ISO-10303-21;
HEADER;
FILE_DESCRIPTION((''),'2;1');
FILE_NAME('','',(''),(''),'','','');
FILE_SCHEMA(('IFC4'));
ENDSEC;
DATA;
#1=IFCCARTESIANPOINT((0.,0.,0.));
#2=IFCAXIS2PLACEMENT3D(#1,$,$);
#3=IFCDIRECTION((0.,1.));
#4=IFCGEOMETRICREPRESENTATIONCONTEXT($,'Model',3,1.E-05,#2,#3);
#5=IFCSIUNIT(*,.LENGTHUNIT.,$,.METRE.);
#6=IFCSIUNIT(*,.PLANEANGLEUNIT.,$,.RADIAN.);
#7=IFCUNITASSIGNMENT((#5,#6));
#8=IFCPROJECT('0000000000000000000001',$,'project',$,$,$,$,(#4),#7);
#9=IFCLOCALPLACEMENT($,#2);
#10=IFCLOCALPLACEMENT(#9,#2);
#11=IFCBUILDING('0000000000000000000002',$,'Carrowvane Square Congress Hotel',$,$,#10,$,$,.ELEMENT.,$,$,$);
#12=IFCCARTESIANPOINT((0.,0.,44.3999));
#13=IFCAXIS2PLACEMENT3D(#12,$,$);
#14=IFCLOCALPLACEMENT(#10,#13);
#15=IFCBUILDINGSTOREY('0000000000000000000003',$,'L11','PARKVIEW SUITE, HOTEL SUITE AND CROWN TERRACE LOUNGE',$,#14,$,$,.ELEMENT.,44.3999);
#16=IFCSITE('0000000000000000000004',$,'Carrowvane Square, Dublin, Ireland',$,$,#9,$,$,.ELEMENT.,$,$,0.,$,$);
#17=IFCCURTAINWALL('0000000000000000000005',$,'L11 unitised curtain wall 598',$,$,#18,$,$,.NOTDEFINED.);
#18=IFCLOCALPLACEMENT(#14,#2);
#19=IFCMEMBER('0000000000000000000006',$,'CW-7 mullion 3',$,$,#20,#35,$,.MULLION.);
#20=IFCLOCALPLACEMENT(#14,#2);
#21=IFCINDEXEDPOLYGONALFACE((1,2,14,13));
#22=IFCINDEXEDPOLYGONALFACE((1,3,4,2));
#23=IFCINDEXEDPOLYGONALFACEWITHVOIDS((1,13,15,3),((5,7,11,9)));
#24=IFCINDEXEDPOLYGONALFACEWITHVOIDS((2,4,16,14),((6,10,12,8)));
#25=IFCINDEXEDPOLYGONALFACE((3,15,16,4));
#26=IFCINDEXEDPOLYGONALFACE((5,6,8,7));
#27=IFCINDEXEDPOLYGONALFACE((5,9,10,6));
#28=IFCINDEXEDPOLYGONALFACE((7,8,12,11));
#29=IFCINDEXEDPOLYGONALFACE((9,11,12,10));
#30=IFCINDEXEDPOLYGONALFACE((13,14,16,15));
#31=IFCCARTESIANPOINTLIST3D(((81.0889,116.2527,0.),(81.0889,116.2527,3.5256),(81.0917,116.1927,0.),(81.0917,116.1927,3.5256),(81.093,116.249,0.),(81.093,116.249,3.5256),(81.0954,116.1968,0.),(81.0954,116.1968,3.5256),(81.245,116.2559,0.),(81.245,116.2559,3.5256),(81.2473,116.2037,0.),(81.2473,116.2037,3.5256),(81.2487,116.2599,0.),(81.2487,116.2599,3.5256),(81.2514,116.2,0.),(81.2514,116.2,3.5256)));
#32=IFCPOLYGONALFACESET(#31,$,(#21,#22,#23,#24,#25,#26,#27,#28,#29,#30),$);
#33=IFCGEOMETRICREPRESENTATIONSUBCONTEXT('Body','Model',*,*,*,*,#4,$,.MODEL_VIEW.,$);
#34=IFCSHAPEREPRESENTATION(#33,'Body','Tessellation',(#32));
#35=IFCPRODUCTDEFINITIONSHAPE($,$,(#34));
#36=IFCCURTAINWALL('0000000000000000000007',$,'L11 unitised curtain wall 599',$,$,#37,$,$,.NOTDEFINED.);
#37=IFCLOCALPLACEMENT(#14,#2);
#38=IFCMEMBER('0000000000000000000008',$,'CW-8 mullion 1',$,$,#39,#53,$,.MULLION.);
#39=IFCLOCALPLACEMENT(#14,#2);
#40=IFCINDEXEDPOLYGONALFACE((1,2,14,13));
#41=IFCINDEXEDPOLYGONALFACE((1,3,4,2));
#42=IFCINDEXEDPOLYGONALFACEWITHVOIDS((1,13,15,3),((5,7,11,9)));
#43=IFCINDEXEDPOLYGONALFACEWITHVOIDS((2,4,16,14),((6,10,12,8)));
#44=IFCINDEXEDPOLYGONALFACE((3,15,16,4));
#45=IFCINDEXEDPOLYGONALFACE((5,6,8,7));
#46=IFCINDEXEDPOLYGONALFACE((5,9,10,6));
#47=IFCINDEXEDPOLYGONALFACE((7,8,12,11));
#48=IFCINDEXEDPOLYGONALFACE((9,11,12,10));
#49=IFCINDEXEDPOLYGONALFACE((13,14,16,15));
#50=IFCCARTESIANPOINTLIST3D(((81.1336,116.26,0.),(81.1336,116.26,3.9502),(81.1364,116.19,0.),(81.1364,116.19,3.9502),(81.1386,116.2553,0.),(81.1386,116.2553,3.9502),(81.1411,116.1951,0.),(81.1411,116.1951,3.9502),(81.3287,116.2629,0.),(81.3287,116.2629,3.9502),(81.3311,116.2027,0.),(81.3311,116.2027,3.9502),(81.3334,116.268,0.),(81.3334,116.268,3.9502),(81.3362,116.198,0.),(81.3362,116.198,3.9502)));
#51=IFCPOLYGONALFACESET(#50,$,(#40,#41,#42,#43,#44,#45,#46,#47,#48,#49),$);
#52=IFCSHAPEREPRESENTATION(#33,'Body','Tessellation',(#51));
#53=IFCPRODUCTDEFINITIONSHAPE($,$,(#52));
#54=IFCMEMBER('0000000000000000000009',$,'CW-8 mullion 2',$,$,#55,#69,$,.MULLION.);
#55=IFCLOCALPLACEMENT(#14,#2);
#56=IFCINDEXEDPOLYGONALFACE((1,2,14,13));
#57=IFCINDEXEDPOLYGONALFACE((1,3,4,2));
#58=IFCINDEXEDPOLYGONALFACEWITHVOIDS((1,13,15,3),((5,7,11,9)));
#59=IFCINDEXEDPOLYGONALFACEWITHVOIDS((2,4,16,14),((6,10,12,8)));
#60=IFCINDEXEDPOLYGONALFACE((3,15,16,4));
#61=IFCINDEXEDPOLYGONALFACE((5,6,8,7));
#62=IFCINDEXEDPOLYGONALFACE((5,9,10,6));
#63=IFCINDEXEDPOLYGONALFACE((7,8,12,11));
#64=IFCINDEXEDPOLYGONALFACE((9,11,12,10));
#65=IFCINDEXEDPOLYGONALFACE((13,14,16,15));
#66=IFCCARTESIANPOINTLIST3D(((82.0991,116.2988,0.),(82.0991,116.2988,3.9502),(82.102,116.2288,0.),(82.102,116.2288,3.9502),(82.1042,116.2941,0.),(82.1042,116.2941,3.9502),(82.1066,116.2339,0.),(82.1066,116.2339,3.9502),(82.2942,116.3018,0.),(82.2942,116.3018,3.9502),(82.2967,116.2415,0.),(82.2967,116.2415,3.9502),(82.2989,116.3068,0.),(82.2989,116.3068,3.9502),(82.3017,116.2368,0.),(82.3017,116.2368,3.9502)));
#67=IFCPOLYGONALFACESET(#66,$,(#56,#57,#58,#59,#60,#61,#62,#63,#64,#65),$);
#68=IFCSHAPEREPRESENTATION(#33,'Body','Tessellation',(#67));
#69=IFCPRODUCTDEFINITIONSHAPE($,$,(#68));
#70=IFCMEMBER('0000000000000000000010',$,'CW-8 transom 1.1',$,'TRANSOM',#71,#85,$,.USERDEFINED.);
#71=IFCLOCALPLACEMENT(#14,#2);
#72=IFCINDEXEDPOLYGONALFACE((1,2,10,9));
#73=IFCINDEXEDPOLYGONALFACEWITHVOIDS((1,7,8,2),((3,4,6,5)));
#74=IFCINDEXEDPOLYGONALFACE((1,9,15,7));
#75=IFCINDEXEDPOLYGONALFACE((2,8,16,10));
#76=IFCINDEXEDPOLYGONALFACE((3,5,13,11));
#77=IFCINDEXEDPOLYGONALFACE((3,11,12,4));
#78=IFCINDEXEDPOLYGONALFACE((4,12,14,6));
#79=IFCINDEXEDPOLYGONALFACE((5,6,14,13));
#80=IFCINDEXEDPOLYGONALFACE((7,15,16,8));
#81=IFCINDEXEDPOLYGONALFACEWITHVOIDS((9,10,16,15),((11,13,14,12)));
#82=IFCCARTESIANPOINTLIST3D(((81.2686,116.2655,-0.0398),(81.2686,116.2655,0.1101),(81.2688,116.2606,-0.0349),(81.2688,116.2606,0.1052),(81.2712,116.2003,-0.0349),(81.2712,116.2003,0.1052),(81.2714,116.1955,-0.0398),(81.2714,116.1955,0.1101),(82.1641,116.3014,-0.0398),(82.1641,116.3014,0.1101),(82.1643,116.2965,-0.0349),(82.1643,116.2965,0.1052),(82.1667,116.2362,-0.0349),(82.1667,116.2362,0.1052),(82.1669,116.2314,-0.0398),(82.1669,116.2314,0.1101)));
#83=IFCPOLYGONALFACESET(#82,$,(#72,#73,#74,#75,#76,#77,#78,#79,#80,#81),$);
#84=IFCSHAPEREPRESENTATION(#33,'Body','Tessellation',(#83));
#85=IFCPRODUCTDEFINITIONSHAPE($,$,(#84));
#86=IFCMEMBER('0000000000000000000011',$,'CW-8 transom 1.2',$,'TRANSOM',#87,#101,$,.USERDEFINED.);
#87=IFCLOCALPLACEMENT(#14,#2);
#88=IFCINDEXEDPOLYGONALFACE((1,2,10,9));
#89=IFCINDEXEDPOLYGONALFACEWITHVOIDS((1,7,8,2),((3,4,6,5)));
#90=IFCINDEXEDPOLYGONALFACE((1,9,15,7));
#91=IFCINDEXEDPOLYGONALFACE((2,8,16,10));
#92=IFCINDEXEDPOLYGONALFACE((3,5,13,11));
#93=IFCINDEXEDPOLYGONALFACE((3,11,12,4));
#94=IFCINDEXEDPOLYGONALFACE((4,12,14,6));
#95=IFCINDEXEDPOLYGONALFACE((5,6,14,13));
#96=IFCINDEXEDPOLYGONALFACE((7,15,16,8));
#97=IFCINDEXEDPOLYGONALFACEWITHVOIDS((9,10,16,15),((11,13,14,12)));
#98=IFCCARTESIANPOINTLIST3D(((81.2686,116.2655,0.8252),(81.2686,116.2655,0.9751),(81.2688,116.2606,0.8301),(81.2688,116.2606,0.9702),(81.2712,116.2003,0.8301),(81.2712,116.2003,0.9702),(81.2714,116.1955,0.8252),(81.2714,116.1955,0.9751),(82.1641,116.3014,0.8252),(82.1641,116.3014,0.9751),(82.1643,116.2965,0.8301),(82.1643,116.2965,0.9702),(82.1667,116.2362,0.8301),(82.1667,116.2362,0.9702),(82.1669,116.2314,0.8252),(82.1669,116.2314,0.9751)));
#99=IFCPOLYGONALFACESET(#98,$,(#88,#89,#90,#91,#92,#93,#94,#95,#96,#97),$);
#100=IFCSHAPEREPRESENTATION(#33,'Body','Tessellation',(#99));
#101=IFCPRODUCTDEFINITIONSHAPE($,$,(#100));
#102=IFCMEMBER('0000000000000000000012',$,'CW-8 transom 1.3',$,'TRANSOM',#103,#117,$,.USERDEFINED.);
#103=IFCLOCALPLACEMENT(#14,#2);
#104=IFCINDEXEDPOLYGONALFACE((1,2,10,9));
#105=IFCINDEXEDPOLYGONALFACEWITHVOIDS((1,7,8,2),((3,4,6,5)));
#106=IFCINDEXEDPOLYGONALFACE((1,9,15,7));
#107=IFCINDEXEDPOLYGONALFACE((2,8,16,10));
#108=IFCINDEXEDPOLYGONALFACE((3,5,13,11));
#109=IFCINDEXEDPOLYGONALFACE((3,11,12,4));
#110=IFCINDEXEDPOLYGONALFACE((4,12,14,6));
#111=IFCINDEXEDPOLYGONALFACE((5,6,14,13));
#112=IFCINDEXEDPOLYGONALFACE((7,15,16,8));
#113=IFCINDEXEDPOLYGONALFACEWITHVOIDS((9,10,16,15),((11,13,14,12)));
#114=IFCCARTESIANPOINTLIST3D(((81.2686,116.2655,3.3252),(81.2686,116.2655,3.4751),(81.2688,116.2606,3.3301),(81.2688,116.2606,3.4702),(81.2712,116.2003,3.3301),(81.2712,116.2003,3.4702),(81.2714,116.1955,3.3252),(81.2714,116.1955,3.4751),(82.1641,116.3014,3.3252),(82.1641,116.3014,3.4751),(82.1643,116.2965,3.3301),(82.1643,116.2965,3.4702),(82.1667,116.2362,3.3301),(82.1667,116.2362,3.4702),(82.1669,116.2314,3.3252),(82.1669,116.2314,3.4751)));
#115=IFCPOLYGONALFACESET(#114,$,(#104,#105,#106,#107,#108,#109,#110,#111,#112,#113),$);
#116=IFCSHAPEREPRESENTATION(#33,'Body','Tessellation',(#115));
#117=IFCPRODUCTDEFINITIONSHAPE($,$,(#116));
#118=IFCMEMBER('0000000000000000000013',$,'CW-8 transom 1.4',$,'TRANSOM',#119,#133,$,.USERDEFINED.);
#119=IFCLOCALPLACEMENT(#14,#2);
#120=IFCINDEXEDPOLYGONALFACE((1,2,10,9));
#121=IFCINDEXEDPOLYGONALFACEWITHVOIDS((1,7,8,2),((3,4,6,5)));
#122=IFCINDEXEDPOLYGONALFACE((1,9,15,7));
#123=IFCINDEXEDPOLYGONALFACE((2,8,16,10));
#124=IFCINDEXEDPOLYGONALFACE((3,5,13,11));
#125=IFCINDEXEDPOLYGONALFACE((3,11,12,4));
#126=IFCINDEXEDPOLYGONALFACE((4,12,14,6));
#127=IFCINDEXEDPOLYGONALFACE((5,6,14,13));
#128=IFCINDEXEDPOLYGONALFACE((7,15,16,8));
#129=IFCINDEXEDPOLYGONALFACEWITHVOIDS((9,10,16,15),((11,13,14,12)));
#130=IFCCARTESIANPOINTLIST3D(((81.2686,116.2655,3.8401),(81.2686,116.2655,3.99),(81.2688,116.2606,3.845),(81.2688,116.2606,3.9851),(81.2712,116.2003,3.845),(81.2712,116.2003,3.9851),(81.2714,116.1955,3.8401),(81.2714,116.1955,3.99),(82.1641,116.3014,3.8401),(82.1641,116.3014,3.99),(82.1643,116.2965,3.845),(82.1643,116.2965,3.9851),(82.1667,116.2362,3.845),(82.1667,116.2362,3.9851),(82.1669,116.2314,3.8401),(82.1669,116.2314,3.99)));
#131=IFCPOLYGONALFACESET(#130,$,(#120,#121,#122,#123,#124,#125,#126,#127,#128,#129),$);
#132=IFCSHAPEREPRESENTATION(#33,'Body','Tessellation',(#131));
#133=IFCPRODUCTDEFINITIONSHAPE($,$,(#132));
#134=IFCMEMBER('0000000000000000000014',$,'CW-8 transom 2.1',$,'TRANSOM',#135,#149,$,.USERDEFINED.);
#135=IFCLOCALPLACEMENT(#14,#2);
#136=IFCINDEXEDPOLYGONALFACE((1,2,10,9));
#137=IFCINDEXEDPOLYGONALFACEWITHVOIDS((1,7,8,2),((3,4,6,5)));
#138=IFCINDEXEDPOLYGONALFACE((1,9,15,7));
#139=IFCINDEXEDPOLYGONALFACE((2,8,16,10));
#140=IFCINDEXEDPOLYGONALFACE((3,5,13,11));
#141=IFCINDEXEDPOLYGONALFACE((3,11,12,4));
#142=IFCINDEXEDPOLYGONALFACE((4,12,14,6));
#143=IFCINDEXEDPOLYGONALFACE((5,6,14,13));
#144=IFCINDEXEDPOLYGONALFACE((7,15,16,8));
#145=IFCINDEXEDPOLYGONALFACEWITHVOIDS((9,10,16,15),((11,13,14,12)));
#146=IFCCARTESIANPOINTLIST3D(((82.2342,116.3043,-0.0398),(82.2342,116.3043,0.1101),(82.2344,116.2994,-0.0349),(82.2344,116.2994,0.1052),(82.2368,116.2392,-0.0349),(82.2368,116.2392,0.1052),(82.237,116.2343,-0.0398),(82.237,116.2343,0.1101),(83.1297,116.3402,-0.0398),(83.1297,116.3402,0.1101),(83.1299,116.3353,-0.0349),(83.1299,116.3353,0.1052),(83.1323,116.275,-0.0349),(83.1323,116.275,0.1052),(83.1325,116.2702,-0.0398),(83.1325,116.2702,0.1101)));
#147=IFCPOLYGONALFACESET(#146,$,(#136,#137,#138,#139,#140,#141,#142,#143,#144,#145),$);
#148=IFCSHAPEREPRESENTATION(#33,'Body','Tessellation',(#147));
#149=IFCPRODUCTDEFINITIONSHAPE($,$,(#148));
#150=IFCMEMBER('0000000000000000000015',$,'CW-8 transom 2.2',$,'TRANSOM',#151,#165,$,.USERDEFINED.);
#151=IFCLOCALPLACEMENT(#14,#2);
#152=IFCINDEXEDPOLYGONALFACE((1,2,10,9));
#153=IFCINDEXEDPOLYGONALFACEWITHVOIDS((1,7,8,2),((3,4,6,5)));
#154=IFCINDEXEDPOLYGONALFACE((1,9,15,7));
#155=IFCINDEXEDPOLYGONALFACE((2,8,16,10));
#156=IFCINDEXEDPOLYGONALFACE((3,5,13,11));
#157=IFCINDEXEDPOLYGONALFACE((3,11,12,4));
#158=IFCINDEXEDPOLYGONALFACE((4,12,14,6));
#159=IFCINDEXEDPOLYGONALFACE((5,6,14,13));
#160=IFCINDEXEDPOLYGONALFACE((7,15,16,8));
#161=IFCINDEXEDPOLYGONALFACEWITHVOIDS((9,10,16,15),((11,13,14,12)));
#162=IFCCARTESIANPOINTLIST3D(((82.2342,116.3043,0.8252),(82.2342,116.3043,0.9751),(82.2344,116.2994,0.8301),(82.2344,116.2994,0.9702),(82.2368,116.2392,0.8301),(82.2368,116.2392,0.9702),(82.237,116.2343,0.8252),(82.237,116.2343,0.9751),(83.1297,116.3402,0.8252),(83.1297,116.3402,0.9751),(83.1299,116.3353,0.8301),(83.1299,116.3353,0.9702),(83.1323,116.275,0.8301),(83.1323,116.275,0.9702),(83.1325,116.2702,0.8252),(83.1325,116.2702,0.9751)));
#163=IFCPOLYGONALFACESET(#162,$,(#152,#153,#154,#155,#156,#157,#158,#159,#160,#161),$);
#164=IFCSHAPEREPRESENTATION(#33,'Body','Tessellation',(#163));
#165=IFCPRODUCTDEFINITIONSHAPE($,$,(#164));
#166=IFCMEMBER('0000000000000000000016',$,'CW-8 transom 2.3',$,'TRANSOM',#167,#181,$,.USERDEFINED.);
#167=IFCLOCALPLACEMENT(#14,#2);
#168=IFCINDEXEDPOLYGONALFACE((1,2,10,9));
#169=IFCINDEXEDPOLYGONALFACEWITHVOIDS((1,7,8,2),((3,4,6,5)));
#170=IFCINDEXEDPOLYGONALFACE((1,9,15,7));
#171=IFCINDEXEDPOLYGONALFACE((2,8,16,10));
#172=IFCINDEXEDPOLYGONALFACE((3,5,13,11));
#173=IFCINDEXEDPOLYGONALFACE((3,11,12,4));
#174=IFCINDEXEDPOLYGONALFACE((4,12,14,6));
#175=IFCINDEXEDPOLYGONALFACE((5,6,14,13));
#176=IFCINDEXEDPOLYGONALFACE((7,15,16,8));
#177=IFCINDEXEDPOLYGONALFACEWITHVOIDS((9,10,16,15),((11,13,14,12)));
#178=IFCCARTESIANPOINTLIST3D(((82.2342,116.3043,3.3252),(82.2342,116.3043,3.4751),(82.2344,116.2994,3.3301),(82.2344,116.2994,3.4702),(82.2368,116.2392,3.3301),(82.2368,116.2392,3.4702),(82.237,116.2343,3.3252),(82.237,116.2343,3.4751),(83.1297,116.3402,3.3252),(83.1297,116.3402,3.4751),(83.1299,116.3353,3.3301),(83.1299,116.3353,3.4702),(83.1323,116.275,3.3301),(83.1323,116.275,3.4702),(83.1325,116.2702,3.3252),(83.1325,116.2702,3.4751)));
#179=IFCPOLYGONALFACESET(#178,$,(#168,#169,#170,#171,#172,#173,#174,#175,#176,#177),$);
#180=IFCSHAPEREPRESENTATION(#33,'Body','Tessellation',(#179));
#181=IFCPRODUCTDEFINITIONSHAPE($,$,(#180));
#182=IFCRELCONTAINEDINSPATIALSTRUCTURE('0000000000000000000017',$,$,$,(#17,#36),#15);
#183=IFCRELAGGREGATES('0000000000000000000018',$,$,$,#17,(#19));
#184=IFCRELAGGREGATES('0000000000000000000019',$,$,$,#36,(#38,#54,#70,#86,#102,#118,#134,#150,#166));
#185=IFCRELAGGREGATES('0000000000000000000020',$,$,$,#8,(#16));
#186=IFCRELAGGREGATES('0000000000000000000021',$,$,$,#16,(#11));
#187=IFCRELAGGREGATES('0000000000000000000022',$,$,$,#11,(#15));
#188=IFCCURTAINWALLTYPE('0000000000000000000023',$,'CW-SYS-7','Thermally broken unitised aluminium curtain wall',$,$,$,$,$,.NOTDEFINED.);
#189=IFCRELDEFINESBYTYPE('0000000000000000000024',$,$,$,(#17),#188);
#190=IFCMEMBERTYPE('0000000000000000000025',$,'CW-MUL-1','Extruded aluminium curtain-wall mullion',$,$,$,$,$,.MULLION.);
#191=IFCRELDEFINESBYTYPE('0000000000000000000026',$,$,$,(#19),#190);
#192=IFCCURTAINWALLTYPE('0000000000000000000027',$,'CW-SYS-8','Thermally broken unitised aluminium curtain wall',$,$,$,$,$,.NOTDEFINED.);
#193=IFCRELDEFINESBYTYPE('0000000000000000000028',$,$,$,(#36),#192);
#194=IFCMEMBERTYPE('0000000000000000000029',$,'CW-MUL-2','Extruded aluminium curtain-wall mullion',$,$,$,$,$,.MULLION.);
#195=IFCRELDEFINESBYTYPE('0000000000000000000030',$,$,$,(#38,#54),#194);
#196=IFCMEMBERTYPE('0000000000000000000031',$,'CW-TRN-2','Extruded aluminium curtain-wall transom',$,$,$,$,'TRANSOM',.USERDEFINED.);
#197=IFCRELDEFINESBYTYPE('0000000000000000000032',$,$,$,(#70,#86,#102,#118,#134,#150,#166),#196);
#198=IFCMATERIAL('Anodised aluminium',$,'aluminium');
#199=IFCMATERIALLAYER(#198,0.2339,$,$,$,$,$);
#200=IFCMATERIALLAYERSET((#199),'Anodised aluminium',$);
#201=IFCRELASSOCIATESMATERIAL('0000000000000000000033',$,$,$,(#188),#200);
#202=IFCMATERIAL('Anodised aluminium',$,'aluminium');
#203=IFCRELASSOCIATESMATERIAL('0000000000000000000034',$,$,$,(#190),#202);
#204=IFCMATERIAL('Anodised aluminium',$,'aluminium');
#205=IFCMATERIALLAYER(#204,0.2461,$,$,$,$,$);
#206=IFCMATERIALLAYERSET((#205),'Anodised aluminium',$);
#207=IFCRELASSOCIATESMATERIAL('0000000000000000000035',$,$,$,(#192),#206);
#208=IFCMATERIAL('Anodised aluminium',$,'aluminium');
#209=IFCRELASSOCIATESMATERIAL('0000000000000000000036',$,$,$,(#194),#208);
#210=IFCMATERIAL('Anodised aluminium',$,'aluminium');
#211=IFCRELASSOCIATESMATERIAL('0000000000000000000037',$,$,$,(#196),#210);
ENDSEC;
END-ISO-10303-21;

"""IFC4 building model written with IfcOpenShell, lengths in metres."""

from ifc_helpers import new_model, si_unit, direction, frame, origin, origin_2d, place, context, subcontext, project, spatial, hollow_rectangle, extrude, material, layer, layer_set, material_profile, profile_set, type_object, element, aggregate, save


model = new_model("IFC4")

# Units and contexts
model_context = context("Model", 3, precision=1e-05, world=origin(), true_north=direction((0.0, 1.0)))
body_context = subcontext(model_context, "Body", "Model", "MODEL_VIEW")
ifc_project = project(units=[si_unit("LENGTHUNIT", "METRE"), si_unit("PLANEANGLEUNIT", "RADIAN")], contexts=[model_context])

# Site, building, storey
site_placement = place(None, origin())
site = spatial("IfcSite", under=ifc_project, at=site_placement, Name="Carrowvane Square, Dublin, Ireland", CompositionType="ELEMENT", RefElevation=0.0)
building_placement = place(site_placement, origin())
building = spatial("IfcBuilding", under=site, at=building_placement, Name="Carrowvane Square Congress Hotel", CompositionType="ELEMENT")
storey_placement = place(building_placement, frame((0.0, 0.0, 44.3999)))
storey = spatial("IfcBuildingStorey", under=building, at=storey_placement, Name="L11", Description="PARKVIEW SUITE, HOTEL SUITE AND CROWN TERRACE LOUNGE", CompositionType="ELEMENT", Elevation=44.3999)

# Curtain wall, member
ifc_material_1 = material(Name="Anodised aluminium", Category="aluminium")
ifc_layer_1 = layer(ifc_material_1, 0.2339)
ifc_layer_set_1 = layer_set([ifc_layer_1], Name="Anodised aluminium")
curtain_wall_type_1 = type_object("IfcCurtainWallType", Name="CW-SYS-7", Description="Thermally broken unitised aluminium curtain wall", PredefinedType="NOTDEFINED", material=ifc_layer_set_1)
curtain_wall_1_placement = place(storey_placement, origin())
curtain_wall_1 = element("IfcCurtainWall", 1, at=curtain_wall_1_placement, inside=storey, type_object=curtain_wall_type_1, Name="L11 unitised curtain wall 598", PredefinedType="NOTDEFINED")
ifc_material_2 = material(Name="Anodised aluminium", Category="aluminium")
ifc_material_profile_1 = material_profile(ifc_material_2, hollow_rectangle(XDim=0.0601, YDim=0.1599, WallThickness=0.0039, at=origin_2d()), Name="CW-ML 60x160x4")
ifc_profile_set_1 = profile_set([ifc_material_profile_1], Name="Anodised aluminium")
member_type_1 = type_object("IfcMemberType", Name="CW-MUL-1", Description="Extruded aluminium curtain-wall mullion", PredefinedType="MULLION", material=ifc_profile_set_1)
member_1_placement = place(storey_placement, frame((81.1702, 116.2263, 0.0), z_axis=(0.0, 0.0, 1.0), x_axis=(-0.045411, 0.998968, 0.0)))
member_1 = element("IfcMember", 2, at=member_1_placement, type_object=member_type_1, Name="CW-7 mullion 3", PredefinedType="MULLION", context=body_context, shape_type="SweptSolid", body=[
    extrude(hollow_rectangle(XDim=0.0601, YDim=0.1599, WallThickness=0.0039, at=origin_2d()), origin(), (0.0, 0.0, 1.0), 3.5256),
])

# Curtain wall, members
ifc_material_3 = material(Name="Anodised aluminium", Category="aluminium")
ifc_layer_2 = layer(ifc_material_3, 0.2461)
ifc_layer_set_2 = layer_set([ifc_layer_2], Name="Anodised aluminium")
curtain_wall_type_2 = type_object("IfcCurtainWallType", Name="CW-SYS-8", Description="Thermally broken unitised aluminium curtain wall", PredefinedType="NOTDEFINED", material=ifc_layer_set_2)
curtain_wall_2_placement = place(storey_placement, origin())
curtain_wall_2 = element("IfcCurtainWall", 3, at=curtain_wall_2_placement, inside=storey, type_object=curtain_wall_type_2, Name="L11 unitised curtain wall 599", PredefinedType="NOTDEFINED")
ifc_material_4 = material(Name="Anodised aluminium", Category="aluminium")
ifc_material_profile_2 = material_profile(ifc_material_4, hollow_rectangle(XDim=0.0701, YDim=0.2, WallThickness=0.0049, at=origin_2d()), Name="CW-ML 70x200x5")
ifc_profile_set_2 = profile_set([ifc_material_profile_2], Name="Anodised aluminium")
member_type_2 = type_object("IfcMemberType", Name="CW-MUL-2", Description="Extruded aluminium curtain-wall mullion", PredefinedType="MULLION", material=ifc_profile_set_2)
member_2_placement = place(storey_placement, frame((81.2349, 116.229, 0.0), z_axis=(0.0, 0.0, 1.0), x_axis=(-0.040136, 0.999194, 0.0)))
member_2 = element("IfcMember", 4, at=member_2_placement, type_object=member_type_2, Name="CW-8 mullion 1", PredefinedType="MULLION", context=body_context, shape_type="SweptSolid", body=[
    extrude(hollow_rectangle(XDim=0.0701, YDim=0.2, WallThickness=0.0049, at=origin_2d()), origin(), (0.0, 0.0, 1.0), 3.9502),
])
member_3_placement = place(storey_placement, frame((82.2004, 116.2678, 0.0), z_axis=(0.0, 0.0, 1.0), x_axis=(-0.040136, 0.999194, 0.0)))
member_3 = element("IfcMember", 5, at=member_3_placement, type_object=member_type_2, Name="CW-8 mullion 2", PredefinedType="MULLION", context=body_context, shape_type="SweptSolid", body=[
    extrude(hollow_rectangle(XDim=0.0701, YDim=0.2, WallThickness=0.0049, at=origin_2d()), origin(), (0.0, 0.0, 1.0), 3.9502),
])
ifc_material_5 = material(Name="Anodised aluminium", Category="aluminium")
ifc_material_profile_3 = material_profile(ifc_material_5, hollow_rectangle(XDim=0.0701, YDim=0.1499, WallThickness=0.0049, at=origin_2d()), Name="CW-TR 70x150x5")
ifc_profile_set_3 = profile_set([ifc_material_profile_3], Name="Anodised aluminium")
member_type_3 = type_object("IfcMemberType", Name="CW-TRN-2", Description="Extruded aluminium curtain-wall transom", ElementType="TRANSOM", PredefinedType="USERDEFINED", material=ifc_profile_set_3)
member_4_placement = place(storey_placement, frame((81.27, 116.2305, 0.0352), z_axis=(0.999198, 0.040044, 0.0), x_axis=(-0.040044, 0.999198, 0.0)))
member_4 = element("IfcMember", 6, at=member_4_placement, type_object=member_type_3, Name="CW-8 transom 1.1", ObjectType="TRANSOM", PredefinedType="USERDEFINED", context=body_context, shape_type="SweptSolid", body=[
    extrude(hollow_rectangle(XDim=0.0701, YDim=0.1499, WallThickness=0.0049, at=origin_2d()), origin(), (0.0, 0.0, 1.0), 0.8962),
])
member_5_placement = place(storey_placement, frame((81.27, 116.2305, 0.9001), z_axis=(0.999198, 0.040044, 0.0), x_axis=(-0.040044, 0.999198, 0.0)))
member_5 = element("IfcMember", 7, at=member_5_placement, type_object=member_type_3, Name="CW-8 transom 1.2", ObjectType="TRANSOM", PredefinedType="USERDEFINED", context=body_context, shape_type="SweptSolid", body=[
    extrude(hollow_rectangle(XDim=0.0701, YDim=0.1499, WallThickness=0.0049, at=origin_2d()), origin(), (0.0, 0.0, 1.0), 0.8962),
])
member_6_placement = place(storey_placement, frame((81.27, 116.2305, 3.4001), z_axis=(0.999198, 0.040044, 0.0), x_axis=(-0.040044, 0.999198, 0.0)))
member_6 = element("IfcMember", 8, at=member_6_placement, type_object=member_type_3, Name="CW-8 transom 1.3", ObjectType="TRANSOM", PredefinedType="USERDEFINED", context=body_context, shape_type="SweptSolid", body=[
    extrude(hollow_rectangle(XDim=0.0701, YDim=0.1499, WallThickness=0.0049, at=origin_2d()), origin(), (0.0, 0.0, 1.0), 0.8962),
])
member_7_placement = place(storey_placement, frame((81.27, 116.2305, 3.915), z_axis=(0.999198, 0.040044, 0.0), x_axis=(-0.040044, 0.999198, 0.0)))
member_7 = element("IfcMember", 9, at=member_7_placement, type_object=member_type_3, Name="CW-8 transom 1.4", ObjectType="TRANSOM", PredefinedType="USERDEFINED", context=body_context, shape_type="SweptSolid", body=[
    extrude(hollow_rectangle(XDim=0.0701, YDim=0.1499, WallThickness=0.0049, at=origin_2d()), origin(), (0.0, 0.0, 1.0), 0.8962),
])
member_8_placement = place(storey_placement, frame((82.2356, 116.2693, 0.0352), z_axis=(0.999198, 0.040044, 0.0), x_axis=(-0.040044, 0.999198, 0.0)))
member_8 = element("IfcMember", 10, at=member_8_placement, type_object=member_type_3, Name="CW-8 transom 2.1", ObjectType="TRANSOM", PredefinedType="USERDEFINED", context=body_context, shape_type="SweptSolid", body=[
    extrude(hollow_rectangle(XDim=0.0701, YDim=0.1499, WallThickness=0.0049, at=origin_2d()), origin(), (0.0, 0.0, 1.0), 0.8962),
])
member_9_placement = place(storey_placement, frame((82.2356, 116.2693, 0.9001), z_axis=(0.999198, 0.040044, 0.0), x_axis=(-0.040044, 0.999198, 0.0)))
member_9 = element("IfcMember", 11, at=member_9_placement, type_object=member_type_3, Name="CW-8 transom 2.2", ObjectType="TRANSOM", PredefinedType="USERDEFINED", context=body_context, shape_type="SweptSolid", body=[
    extrude(hollow_rectangle(XDim=0.0701, YDim=0.1499, WallThickness=0.0049, at=origin_2d()), origin(), (0.0, 0.0, 1.0), 0.8962),
])
member_10_placement = place(storey_placement, frame((82.2356, 116.2693, 3.4001), z_axis=(0.999198, 0.040044, 0.0), x_axis=(-0.040044, 0.999198, 0.0)))
member_10 = element("IfcMember", 12, at=member_10_placement, type_object=member_type_3, Name="CW-8 transom 2.3", ObjectType="TRANSOM", PredefinedType="USERDEFINED", context=body_context, shape_type="SweptSolid", body=[
    extrude(hollow_rectangle(XDim=0.0701, YDim=0.1499, WallThickness=0.0049, at=origin_2d()), origin(), (0.0, 0.0, 1.0), 0.8962),
])

aggregate(curtain_wall_1, [member_1])
aggregate(curtain_wall_2, [member_2, member_3, member_4, member_5, member_6, member_7, member_8, member_9, member_10])

save(model, "model.ifc")
